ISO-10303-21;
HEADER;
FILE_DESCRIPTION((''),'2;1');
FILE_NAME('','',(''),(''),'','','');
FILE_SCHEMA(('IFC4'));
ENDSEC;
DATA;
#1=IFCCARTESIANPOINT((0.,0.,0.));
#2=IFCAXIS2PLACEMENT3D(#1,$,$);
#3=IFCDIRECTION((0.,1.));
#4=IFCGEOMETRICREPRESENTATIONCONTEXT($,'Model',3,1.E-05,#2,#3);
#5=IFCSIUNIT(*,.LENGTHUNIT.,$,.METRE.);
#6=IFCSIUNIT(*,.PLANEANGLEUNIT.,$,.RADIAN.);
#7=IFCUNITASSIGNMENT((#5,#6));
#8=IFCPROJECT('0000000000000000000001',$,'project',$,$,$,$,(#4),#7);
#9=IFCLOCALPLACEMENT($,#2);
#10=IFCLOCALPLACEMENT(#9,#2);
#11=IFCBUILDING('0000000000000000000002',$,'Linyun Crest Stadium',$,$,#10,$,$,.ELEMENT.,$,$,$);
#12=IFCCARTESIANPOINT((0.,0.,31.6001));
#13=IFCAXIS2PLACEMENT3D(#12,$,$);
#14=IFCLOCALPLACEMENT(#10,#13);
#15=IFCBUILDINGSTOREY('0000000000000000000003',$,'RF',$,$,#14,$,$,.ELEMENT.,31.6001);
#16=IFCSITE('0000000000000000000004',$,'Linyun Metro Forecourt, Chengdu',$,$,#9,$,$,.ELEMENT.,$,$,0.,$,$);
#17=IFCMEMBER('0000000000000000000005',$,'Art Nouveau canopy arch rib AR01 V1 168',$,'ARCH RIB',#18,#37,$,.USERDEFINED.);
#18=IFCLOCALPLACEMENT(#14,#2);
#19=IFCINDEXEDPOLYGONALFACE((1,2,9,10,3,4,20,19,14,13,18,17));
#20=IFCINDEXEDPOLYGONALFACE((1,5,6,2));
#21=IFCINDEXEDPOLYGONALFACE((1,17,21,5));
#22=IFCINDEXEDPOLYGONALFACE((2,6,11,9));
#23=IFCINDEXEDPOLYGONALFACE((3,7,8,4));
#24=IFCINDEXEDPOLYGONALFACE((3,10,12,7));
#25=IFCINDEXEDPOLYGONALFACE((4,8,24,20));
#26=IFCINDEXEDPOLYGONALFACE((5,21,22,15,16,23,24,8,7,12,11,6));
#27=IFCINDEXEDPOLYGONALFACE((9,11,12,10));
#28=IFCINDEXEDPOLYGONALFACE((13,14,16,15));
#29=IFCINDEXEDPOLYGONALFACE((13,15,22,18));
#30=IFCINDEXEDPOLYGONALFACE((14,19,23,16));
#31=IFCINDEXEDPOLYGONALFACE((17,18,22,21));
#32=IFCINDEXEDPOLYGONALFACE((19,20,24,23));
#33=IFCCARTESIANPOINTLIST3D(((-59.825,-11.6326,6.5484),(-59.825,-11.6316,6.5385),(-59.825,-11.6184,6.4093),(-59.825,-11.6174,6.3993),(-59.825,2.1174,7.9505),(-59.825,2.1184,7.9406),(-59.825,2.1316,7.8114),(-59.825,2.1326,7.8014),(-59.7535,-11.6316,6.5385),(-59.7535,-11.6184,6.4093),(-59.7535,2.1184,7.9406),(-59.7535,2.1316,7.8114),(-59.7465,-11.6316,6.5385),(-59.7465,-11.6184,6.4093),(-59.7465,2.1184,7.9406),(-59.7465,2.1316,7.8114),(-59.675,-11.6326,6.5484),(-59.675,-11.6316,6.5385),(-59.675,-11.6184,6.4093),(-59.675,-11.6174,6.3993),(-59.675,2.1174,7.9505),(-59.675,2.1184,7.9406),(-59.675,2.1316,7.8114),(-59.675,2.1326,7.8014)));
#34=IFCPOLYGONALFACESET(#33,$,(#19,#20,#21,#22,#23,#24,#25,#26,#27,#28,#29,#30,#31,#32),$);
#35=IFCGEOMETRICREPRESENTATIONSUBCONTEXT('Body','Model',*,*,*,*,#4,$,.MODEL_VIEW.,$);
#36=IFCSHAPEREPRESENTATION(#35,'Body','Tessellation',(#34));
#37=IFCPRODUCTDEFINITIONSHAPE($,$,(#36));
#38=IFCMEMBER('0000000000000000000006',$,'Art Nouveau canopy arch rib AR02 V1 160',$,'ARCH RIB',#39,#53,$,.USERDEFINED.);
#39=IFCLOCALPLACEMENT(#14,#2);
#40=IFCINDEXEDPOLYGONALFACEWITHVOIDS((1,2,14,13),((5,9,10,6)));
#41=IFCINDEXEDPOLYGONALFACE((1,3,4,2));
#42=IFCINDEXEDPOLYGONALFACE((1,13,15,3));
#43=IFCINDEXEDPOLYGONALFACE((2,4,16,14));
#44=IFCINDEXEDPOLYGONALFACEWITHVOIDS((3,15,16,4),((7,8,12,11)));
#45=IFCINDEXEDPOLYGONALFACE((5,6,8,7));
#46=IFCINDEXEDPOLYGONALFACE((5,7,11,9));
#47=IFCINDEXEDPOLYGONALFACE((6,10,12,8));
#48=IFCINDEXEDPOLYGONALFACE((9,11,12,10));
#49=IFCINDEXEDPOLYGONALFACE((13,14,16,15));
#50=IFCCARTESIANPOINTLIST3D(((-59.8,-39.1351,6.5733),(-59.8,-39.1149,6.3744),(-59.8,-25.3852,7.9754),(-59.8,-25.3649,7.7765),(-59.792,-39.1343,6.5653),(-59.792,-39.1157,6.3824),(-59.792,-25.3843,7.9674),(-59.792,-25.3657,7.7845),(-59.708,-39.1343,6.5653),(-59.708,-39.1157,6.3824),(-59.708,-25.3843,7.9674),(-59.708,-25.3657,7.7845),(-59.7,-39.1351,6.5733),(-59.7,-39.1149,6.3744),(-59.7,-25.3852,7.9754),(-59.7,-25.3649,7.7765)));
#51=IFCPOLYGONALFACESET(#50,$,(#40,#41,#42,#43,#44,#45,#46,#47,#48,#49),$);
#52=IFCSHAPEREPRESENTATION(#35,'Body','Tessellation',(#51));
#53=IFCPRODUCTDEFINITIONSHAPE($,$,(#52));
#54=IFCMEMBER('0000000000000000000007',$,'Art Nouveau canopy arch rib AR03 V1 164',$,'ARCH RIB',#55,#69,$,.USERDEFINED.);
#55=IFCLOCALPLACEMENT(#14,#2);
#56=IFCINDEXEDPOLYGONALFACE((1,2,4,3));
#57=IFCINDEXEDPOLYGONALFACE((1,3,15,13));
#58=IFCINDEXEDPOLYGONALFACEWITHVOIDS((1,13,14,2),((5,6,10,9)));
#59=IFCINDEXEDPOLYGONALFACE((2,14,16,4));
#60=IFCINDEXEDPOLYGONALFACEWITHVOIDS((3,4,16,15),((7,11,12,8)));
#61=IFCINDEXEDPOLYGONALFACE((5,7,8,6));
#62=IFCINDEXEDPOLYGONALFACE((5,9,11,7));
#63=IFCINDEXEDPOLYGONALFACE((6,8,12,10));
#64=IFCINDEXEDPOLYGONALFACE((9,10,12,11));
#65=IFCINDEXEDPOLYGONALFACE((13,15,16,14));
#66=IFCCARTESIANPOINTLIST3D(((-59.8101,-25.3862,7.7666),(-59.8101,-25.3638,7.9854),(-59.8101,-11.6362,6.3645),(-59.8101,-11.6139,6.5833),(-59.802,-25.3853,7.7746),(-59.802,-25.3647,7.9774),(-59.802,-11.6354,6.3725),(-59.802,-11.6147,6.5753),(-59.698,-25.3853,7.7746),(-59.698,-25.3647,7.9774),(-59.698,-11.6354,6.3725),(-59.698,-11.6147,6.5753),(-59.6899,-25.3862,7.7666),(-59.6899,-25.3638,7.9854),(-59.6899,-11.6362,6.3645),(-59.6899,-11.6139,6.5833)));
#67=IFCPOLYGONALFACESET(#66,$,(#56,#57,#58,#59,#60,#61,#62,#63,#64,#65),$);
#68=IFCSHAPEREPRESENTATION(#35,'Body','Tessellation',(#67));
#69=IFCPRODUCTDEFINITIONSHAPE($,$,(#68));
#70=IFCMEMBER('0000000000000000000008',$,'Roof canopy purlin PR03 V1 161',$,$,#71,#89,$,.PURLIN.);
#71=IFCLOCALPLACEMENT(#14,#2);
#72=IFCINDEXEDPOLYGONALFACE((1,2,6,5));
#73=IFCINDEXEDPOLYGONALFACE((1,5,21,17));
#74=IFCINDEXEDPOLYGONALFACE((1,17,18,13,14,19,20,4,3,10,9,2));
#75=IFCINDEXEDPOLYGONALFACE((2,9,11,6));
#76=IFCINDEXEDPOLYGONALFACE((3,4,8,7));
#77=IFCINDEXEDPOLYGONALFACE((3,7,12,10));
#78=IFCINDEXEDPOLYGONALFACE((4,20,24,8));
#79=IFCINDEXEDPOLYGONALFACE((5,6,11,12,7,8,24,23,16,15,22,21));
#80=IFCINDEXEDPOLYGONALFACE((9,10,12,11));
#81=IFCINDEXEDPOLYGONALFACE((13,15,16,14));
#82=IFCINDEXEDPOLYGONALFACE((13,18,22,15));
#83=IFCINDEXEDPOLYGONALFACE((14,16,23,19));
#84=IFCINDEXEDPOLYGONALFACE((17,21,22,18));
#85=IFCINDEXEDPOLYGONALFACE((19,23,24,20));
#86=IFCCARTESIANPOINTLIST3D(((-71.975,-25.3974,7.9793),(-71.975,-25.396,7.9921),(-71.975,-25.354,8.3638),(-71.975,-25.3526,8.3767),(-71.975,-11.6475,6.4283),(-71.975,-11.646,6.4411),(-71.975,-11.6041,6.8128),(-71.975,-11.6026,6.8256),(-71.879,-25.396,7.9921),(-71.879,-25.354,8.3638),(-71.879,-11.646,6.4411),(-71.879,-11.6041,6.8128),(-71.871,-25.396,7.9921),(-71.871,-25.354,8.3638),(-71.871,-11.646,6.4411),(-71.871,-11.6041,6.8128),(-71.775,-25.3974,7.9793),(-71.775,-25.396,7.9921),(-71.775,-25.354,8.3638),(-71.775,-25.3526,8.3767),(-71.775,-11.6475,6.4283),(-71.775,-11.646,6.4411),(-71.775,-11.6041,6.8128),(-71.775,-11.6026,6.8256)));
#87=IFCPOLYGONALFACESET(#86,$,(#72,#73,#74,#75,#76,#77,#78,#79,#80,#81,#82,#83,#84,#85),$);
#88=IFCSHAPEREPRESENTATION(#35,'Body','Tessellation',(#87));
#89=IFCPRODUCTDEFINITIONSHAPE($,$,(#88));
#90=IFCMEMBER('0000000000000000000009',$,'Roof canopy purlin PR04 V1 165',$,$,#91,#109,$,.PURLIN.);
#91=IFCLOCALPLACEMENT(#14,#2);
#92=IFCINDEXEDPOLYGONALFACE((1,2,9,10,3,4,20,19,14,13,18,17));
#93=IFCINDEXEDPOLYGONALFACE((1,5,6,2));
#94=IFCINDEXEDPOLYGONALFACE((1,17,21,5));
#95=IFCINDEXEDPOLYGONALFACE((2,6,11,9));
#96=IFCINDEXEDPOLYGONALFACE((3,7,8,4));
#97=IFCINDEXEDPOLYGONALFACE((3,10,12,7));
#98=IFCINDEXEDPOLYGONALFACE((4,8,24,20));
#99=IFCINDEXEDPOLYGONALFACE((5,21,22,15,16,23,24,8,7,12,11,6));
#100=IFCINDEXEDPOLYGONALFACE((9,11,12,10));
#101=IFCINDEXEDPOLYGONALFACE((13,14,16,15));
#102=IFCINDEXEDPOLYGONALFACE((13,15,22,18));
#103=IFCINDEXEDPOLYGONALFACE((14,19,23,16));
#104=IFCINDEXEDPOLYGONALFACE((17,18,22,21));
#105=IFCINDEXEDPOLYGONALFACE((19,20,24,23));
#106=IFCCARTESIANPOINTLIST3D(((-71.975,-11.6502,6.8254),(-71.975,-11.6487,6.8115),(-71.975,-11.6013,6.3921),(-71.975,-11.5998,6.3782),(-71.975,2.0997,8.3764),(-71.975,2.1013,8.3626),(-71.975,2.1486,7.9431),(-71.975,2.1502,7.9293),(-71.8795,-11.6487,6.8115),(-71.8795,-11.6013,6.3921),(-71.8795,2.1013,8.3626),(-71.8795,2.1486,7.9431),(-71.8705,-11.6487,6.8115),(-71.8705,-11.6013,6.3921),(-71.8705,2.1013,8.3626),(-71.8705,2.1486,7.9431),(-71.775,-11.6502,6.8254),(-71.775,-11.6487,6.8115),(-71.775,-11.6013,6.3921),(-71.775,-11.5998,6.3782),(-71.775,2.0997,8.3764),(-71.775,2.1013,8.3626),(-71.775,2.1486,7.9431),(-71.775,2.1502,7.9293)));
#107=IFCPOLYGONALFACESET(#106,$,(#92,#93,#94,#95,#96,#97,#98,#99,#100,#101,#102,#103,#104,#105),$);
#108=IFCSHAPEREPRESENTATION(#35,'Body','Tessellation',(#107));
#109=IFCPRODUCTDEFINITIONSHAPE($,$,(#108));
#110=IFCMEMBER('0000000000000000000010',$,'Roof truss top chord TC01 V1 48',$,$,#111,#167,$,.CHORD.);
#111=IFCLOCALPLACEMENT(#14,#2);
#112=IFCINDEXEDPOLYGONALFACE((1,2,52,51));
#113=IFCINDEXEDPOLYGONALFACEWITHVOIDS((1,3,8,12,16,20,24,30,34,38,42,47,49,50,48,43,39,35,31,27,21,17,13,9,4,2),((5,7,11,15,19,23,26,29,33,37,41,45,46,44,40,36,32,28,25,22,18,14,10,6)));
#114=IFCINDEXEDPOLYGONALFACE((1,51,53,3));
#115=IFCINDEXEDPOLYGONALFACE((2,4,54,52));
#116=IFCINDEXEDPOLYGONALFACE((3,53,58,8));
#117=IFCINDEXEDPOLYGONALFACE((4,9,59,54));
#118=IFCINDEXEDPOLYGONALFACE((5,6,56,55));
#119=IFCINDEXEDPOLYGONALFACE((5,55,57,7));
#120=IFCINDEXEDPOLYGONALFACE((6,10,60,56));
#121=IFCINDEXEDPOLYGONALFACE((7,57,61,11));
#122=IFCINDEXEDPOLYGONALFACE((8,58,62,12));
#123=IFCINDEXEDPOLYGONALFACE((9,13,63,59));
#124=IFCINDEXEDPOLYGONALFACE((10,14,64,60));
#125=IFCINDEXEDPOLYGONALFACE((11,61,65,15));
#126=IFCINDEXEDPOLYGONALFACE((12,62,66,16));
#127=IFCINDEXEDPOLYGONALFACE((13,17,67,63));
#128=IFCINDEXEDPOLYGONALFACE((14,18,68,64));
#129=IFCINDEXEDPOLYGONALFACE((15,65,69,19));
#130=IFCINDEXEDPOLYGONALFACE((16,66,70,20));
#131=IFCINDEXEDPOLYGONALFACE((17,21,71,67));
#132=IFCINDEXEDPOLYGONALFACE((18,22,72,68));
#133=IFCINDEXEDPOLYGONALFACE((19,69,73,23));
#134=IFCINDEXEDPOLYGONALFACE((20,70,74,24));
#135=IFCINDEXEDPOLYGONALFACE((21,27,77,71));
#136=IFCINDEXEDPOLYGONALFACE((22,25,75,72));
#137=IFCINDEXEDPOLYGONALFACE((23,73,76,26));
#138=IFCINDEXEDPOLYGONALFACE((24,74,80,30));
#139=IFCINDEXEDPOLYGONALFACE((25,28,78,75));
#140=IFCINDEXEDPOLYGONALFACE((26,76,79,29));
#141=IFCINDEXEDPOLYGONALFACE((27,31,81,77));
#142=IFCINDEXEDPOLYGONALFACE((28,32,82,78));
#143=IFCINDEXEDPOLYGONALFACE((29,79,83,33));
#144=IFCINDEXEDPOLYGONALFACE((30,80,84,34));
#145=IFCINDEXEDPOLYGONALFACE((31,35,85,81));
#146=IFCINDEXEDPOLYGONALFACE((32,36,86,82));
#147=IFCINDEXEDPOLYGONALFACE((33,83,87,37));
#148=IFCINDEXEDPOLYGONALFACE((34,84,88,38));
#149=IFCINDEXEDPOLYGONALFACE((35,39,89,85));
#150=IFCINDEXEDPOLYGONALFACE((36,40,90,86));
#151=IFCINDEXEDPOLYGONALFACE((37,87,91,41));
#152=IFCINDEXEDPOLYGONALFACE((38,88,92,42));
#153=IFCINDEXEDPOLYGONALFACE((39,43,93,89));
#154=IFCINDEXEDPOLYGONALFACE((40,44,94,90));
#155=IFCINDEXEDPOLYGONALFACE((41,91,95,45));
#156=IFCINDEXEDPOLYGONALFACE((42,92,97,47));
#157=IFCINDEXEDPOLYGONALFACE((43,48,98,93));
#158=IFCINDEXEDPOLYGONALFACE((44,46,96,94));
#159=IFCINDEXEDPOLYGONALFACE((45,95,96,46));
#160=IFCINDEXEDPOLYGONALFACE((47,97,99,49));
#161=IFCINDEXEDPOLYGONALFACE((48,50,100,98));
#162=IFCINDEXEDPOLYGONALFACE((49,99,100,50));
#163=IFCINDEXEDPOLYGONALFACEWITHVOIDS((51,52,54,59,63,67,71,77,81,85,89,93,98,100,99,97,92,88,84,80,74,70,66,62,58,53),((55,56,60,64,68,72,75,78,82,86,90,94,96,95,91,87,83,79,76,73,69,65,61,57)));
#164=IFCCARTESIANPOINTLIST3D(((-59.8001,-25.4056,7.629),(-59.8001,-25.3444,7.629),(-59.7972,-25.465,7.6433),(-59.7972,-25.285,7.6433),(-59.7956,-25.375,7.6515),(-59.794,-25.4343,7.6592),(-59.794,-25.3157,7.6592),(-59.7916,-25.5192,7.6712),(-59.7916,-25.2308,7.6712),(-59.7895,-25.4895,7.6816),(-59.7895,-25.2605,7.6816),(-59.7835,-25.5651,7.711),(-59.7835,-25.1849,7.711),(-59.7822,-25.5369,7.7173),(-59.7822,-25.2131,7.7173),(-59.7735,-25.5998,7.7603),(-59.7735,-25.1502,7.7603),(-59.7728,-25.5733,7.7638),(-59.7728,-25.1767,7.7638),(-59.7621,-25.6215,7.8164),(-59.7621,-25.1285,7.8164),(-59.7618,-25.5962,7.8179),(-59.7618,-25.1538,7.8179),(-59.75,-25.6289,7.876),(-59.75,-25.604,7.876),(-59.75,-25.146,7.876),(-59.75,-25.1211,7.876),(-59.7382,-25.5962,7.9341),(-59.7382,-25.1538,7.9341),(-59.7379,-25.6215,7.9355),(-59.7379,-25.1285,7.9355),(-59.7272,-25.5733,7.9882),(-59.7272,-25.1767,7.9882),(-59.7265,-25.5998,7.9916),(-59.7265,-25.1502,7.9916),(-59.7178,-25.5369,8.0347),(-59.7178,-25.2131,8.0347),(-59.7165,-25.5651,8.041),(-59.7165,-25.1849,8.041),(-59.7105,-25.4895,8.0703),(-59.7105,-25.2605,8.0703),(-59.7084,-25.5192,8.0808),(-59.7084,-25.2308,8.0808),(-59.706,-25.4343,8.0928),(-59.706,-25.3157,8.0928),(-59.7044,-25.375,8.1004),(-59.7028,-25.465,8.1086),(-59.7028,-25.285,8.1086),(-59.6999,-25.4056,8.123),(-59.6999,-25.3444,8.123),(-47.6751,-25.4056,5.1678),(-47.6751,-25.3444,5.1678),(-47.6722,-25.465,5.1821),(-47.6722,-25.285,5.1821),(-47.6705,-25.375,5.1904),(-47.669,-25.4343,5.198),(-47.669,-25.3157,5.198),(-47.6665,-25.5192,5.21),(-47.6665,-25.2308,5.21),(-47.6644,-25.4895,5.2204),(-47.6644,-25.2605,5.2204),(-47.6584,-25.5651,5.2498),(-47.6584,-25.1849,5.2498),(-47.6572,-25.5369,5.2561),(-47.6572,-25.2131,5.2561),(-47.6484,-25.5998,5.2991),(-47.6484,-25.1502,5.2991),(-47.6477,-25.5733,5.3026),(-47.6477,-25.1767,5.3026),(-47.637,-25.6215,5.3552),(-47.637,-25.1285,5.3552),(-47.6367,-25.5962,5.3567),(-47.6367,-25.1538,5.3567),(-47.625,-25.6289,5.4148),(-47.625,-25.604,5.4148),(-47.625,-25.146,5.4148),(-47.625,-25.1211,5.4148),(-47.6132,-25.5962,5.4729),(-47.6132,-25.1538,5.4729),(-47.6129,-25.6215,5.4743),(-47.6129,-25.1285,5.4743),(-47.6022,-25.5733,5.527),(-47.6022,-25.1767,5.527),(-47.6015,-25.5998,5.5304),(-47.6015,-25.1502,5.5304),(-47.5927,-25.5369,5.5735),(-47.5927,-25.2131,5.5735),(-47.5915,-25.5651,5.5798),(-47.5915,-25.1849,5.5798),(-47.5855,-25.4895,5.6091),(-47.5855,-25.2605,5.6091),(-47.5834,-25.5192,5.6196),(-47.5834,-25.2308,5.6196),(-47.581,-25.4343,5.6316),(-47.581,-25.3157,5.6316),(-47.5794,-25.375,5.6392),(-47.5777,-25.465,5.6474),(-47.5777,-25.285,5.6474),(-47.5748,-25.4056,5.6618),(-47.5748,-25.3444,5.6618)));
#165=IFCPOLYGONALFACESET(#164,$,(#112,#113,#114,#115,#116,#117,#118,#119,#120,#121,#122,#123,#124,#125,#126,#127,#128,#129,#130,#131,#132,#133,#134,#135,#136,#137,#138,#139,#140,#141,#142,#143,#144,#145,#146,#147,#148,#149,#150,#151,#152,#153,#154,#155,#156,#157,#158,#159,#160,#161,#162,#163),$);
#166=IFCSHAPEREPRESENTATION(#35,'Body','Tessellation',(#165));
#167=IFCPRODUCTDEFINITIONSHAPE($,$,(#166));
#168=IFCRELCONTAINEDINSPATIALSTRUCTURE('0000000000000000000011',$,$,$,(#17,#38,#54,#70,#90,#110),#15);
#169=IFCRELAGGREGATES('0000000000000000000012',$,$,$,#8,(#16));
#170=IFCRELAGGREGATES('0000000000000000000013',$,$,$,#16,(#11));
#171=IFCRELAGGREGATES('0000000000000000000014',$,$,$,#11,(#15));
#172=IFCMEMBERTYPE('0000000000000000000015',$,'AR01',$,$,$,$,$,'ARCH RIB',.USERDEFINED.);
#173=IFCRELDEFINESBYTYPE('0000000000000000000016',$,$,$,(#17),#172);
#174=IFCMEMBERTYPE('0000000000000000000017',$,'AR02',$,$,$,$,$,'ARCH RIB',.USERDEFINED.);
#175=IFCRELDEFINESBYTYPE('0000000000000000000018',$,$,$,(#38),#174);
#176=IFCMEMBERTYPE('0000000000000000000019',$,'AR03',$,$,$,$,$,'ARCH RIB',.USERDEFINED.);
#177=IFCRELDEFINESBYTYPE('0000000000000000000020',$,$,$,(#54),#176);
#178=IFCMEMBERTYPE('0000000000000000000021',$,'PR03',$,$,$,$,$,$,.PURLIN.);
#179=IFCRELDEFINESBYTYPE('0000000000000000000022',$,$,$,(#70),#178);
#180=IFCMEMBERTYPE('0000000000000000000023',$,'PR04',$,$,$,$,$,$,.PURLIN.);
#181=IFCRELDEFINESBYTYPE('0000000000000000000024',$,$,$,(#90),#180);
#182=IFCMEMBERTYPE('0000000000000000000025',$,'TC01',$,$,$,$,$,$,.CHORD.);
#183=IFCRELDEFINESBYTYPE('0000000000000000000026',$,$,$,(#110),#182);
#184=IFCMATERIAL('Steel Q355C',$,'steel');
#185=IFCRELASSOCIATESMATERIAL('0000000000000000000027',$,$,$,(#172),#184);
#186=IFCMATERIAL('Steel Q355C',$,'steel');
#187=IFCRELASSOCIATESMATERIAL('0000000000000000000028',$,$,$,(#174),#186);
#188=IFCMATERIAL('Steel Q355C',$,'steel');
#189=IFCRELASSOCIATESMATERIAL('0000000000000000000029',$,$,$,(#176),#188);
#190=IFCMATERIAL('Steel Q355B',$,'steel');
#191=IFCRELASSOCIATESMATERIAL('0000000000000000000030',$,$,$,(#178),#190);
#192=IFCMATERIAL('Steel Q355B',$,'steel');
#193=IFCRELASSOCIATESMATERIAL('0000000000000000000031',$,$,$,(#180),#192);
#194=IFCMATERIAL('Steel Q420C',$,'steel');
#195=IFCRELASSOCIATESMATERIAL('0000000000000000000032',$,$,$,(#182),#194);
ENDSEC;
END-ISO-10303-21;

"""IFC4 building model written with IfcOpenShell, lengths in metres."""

from ifc_helpers import new_model, si_unit, direction, frame, origin, origin_2d, place, context, subcontext, project, spatial, hollow_rectangle, hollow_circle, i_section, extrude, material, material_profile, profile_set, type_object, element, save


model = new_model("IFC4")

# Units and contexts
model_context = context("Model", 3, precision=1e-05, world=origin(), true_north=direction((0.0, 1.0)))
body_context = subcontext(model_context, "Body", "Model", "MODEL_VIEW")
ifc_project = project(units=[si_unit("LENGTHUNIT", "METRE"), si_unit("PLANEANGLEUNIT", "RADIAN")], contexts=[model_context])

# Site, building, storey
site_placement = place(None, origin())
site = spatial("IfcSite", under=ifc_project, at=site_placement, Name="Linyun Metro Forecourt, Chengdu", CompositionType="ELEMENT", RefElevation=0.0)
building_placement = place(site_placement, origin())
building = spatial("IfcBuilding", under=site, at=building_placement, Name="Linyun Crest Stadium", CompositionType="ELEMENT")
storey_placement = place(building_placement, frame((0.0, 0.0, 31.6001)))
storey = spatial("IfcBuildingStorey", under=building, at=storey_placement, Name="RF", CompositionType="ELEMENT", Elevation=31.6001)

# Members
ifc_material_1 = material(Name="Steel Q355C", Category="steel")
ifc_material_profile_1 = material_profile(ifc_material_1, i_section(OverallWidth=0.1499, OverallDepth=0.1499, WebThickness=0.0071, FlangeThickness=0.01, at=origin_2d()), Name="HW 150x150")
ifc_profile_set_1 = profile_set([ifc_material_profile_1], Name="Steel Q355C")
member_type_1 = type_object("IfcMemberType", Name="AR01", ElementType="ARCH RIB", PredefinedType="USERDEFINED", material=ifc_profile_set_1)
member_1_placement = place(storey_placement, frame((-59.75, -11.625, 6.4739), z_axis=(0.0, 0.994841, 0.101445), x_axis=(-1.0, 0.0, 0.0)))
element("IfcMember", 1, at=member_1_placement, inside=storey, type_object=member_type_1, Name="Art Nouveau canopy arch rib AR01 V1 168", ObjectType="ARCH RIB", PredefinedType="USERDEFINED", context=body_context, shape_type="SweptSolid", body=[
    extrude(i_section(OverallWidth=0.1499, OverallDepth=0.1499, WebThickness=0.0071, FlangeThickness=0.01, at=origin_2d()), origin(), (0.0, 0.0, 1.0), 13.8213),
])
ifc_material_2 = material(Name="Steel Q355C", Category="steel")
ifc_material_profile_2 = material_profile(ifc_material_2, hollow_rectangle(XDim=0.1001, YDim=0.2, WallThickness=0.0081, at=origin_2d()), Name="RHS 200x100x8")
ifc_profile_set_2 = profile_set([ifc_material_profile_2], Name="Steel Q355C")
member_type_2 = type_object("IfcMemberType", Name="AR02", ElementType="ARCH RIB", PredefinedType="USERDEFINED", material=ifc_profile_set_2)
member_2_placement = place(storey_placement, frame((-59.75, -39.125, 6.4739), z_axis=(0.0, 0.994841, 0.101445), x_axis=(-1.0, 0.0, 0.0)))
element("IfcMember", 2, at=member_2_placement, inside=storey, type_object=member_type_2, Name="Art Nouveau canopy arch rib AR02 V1 160", ObjectType="ARCH RIB", PredefinedType="USERDEFINED", context=body_context, shape_type="SweptSolid", body=[
    extrude(hollow_rectangle(XDim=0.1001, YDim=0.2, WallThickness=0.0081, at=origin_2d()), origin(), (0.0, 0.0, 1.0), 13.8213),
])
ifc_material_3 = material(Name="Steel Q355C", Category="steel")
ifc_material_profile_3 = material_profile(ifc_material_3, hollow_rectangle(XDim=0.1201, YDim=0.22, WallThickness=0.0081, at=origin_2d()), Name="RHS 220x120x8")
ifc_profile_set_3 = profile_set([ifc_material_profile_3], Name="Steel Q355C")
member_type_3 = type_object("IfcMemberType", Name="AR03", ElementType="ARCH RIB", PredefinedType="USERDEFINED", material=ifc_profile_set_3)
member_3_placement = place(storey_placement, frame((-59.75, -25.375, 7.876), z_axis=(0.0, 0.994841, -0.101445), x_axis=(-1.0, 0.0, 0.0)))
element("IfcMember", 3, at=member_3_placement, inside=storey, type_object=member_type_3, Name="Art Nouveau canopy arch rib AR03 V1 164", ObjectType="ARCH RIB", PredefinedType="USERDEFINED", context=body_context, shape_type="SweptSolid", body=[
    extrude(hollow_rectangle(XDim=0.1201, YDim=0.22, WallThickness=0.0081, at=origin_2d()), origin(), (0.0, 0.0, 1.0), 13.8213),
])
ifc_material_4 = material(Name="Steel Q355B", Category="steel")
ifc_material_profile_4 = material_profile(ifc_material_4, i_section(OverallWidth=0.2, OverallDepth=0.3999, WebThickness=0.0081, FlangeThickness=0.0129, at=origin_2d()), Name="HN 400x200")
ifc_profile_set_4 = profile_set([ifc_material_profile_4], Name="Steel Q355B")
member_type_4 = type_object("IfcMemberType", Name="PR03", PredefinedType="PURLIN", material=ifc_profile_set_4)
member_4_placement = place(storey_placement, frame((-71.875, -25.375, 8.178), z_axis=(0.0, 0.993698, -0.112091), x_axis=(-1.0, 0.0, 0.0)))
element("IfcMember", 4, at=member_4_placement, inside=storey, type_object=member_type_4, Name="Roof canopy purlin PR03 V1 161", PredefinedType="PURLIN", context=body_context, shape_type="SweptSolid", body=[
    extrude(i_section(OverallWidth=0.2, OverallDepth=0.3999, WebThickness=0.0081, FlangeThickness=0.0129, at=origin_2d()), origin(), (0.0, 0.0, 1.0), 13.8372),
])
ifc_material_5 = material(Name="Steel Q355B", Category="steel")
ifc_material_profile_5 = material_profile(ifc_material_5, i_section(OverallWidth=0.2, OverallDepth=0.45, WebThickness=0.009, FlangeThickness=0.0139, at=origin_2d()), Name="HN 450x200")
ifc_profile_set_5 = profile_set([ifc_material_profile_5], Name="Steel Q355B")
member_type_5 = type_object("IfcMemberType", Name="PR04", PredefinedType="PURLIN", material=ifc_profile_set_5)
member_5_placement = place(storey_placement, frame((-71.875, -11.625, 6.6018), z_axis=(0.0, 0.993698, 0.112091), x_axis=(-1.0, 0.0, 0.0)))
element("IfcMember", 5, at=member_5_placement, inside=storey, type_object=member_type_5, Name="Roof canopy purlin PR04 V1 165", PredefinedType="PURLIN", context=body_context, shape_type="SweptSolid", body=[
    extrude(i_section(OverallWidth=0.2, OverallDepth=0.45, WebThickness=0.009, FlangeThickness=0.0139, at=origin_2d()), origin(), (0.0, 0.0, 1.0), 13.8372),
])
ifc_material_6 = material(Name="Steel Q420C", Category="steel")
ifc_material_profile_6 = material_profile(ifc_material_6, hollow_circle(Radius=0.2539, WallThickness=0.0249, at=origin_2d()), Name="CHS 508x25")
ifc_profile_set_6 = profile_set([ifc_material_profile_6], Name="Steel Q420C")
member_type_6 = type_object("IfcMemberType", Name="TC01", PredefinedType="CHORD", material=ifc_profile_set_6)
member_6_placement = place(storey_placement, frame((-59.75, -25.375, 7.876), z_axis=(0.980014, 0.0, -0.198927), x_axis=(0.0, 1.0, 0.0)))
element("IfcMember", 6, at=member_6_placement, inside=storey, type_object=member_type_6, Name="Roof truss top chord TC01 V1 48", PredefinedType="CHORD", context=body_context, shape_type="SweptSolid", body=[
    extrude(hollow_circle(Radius=0.2539, WallThickness=0.0249, at=origin_2d()), origin(), (0.0, 0.0, 1.0), 12.3723),
])

save(model, "model.ifc")
